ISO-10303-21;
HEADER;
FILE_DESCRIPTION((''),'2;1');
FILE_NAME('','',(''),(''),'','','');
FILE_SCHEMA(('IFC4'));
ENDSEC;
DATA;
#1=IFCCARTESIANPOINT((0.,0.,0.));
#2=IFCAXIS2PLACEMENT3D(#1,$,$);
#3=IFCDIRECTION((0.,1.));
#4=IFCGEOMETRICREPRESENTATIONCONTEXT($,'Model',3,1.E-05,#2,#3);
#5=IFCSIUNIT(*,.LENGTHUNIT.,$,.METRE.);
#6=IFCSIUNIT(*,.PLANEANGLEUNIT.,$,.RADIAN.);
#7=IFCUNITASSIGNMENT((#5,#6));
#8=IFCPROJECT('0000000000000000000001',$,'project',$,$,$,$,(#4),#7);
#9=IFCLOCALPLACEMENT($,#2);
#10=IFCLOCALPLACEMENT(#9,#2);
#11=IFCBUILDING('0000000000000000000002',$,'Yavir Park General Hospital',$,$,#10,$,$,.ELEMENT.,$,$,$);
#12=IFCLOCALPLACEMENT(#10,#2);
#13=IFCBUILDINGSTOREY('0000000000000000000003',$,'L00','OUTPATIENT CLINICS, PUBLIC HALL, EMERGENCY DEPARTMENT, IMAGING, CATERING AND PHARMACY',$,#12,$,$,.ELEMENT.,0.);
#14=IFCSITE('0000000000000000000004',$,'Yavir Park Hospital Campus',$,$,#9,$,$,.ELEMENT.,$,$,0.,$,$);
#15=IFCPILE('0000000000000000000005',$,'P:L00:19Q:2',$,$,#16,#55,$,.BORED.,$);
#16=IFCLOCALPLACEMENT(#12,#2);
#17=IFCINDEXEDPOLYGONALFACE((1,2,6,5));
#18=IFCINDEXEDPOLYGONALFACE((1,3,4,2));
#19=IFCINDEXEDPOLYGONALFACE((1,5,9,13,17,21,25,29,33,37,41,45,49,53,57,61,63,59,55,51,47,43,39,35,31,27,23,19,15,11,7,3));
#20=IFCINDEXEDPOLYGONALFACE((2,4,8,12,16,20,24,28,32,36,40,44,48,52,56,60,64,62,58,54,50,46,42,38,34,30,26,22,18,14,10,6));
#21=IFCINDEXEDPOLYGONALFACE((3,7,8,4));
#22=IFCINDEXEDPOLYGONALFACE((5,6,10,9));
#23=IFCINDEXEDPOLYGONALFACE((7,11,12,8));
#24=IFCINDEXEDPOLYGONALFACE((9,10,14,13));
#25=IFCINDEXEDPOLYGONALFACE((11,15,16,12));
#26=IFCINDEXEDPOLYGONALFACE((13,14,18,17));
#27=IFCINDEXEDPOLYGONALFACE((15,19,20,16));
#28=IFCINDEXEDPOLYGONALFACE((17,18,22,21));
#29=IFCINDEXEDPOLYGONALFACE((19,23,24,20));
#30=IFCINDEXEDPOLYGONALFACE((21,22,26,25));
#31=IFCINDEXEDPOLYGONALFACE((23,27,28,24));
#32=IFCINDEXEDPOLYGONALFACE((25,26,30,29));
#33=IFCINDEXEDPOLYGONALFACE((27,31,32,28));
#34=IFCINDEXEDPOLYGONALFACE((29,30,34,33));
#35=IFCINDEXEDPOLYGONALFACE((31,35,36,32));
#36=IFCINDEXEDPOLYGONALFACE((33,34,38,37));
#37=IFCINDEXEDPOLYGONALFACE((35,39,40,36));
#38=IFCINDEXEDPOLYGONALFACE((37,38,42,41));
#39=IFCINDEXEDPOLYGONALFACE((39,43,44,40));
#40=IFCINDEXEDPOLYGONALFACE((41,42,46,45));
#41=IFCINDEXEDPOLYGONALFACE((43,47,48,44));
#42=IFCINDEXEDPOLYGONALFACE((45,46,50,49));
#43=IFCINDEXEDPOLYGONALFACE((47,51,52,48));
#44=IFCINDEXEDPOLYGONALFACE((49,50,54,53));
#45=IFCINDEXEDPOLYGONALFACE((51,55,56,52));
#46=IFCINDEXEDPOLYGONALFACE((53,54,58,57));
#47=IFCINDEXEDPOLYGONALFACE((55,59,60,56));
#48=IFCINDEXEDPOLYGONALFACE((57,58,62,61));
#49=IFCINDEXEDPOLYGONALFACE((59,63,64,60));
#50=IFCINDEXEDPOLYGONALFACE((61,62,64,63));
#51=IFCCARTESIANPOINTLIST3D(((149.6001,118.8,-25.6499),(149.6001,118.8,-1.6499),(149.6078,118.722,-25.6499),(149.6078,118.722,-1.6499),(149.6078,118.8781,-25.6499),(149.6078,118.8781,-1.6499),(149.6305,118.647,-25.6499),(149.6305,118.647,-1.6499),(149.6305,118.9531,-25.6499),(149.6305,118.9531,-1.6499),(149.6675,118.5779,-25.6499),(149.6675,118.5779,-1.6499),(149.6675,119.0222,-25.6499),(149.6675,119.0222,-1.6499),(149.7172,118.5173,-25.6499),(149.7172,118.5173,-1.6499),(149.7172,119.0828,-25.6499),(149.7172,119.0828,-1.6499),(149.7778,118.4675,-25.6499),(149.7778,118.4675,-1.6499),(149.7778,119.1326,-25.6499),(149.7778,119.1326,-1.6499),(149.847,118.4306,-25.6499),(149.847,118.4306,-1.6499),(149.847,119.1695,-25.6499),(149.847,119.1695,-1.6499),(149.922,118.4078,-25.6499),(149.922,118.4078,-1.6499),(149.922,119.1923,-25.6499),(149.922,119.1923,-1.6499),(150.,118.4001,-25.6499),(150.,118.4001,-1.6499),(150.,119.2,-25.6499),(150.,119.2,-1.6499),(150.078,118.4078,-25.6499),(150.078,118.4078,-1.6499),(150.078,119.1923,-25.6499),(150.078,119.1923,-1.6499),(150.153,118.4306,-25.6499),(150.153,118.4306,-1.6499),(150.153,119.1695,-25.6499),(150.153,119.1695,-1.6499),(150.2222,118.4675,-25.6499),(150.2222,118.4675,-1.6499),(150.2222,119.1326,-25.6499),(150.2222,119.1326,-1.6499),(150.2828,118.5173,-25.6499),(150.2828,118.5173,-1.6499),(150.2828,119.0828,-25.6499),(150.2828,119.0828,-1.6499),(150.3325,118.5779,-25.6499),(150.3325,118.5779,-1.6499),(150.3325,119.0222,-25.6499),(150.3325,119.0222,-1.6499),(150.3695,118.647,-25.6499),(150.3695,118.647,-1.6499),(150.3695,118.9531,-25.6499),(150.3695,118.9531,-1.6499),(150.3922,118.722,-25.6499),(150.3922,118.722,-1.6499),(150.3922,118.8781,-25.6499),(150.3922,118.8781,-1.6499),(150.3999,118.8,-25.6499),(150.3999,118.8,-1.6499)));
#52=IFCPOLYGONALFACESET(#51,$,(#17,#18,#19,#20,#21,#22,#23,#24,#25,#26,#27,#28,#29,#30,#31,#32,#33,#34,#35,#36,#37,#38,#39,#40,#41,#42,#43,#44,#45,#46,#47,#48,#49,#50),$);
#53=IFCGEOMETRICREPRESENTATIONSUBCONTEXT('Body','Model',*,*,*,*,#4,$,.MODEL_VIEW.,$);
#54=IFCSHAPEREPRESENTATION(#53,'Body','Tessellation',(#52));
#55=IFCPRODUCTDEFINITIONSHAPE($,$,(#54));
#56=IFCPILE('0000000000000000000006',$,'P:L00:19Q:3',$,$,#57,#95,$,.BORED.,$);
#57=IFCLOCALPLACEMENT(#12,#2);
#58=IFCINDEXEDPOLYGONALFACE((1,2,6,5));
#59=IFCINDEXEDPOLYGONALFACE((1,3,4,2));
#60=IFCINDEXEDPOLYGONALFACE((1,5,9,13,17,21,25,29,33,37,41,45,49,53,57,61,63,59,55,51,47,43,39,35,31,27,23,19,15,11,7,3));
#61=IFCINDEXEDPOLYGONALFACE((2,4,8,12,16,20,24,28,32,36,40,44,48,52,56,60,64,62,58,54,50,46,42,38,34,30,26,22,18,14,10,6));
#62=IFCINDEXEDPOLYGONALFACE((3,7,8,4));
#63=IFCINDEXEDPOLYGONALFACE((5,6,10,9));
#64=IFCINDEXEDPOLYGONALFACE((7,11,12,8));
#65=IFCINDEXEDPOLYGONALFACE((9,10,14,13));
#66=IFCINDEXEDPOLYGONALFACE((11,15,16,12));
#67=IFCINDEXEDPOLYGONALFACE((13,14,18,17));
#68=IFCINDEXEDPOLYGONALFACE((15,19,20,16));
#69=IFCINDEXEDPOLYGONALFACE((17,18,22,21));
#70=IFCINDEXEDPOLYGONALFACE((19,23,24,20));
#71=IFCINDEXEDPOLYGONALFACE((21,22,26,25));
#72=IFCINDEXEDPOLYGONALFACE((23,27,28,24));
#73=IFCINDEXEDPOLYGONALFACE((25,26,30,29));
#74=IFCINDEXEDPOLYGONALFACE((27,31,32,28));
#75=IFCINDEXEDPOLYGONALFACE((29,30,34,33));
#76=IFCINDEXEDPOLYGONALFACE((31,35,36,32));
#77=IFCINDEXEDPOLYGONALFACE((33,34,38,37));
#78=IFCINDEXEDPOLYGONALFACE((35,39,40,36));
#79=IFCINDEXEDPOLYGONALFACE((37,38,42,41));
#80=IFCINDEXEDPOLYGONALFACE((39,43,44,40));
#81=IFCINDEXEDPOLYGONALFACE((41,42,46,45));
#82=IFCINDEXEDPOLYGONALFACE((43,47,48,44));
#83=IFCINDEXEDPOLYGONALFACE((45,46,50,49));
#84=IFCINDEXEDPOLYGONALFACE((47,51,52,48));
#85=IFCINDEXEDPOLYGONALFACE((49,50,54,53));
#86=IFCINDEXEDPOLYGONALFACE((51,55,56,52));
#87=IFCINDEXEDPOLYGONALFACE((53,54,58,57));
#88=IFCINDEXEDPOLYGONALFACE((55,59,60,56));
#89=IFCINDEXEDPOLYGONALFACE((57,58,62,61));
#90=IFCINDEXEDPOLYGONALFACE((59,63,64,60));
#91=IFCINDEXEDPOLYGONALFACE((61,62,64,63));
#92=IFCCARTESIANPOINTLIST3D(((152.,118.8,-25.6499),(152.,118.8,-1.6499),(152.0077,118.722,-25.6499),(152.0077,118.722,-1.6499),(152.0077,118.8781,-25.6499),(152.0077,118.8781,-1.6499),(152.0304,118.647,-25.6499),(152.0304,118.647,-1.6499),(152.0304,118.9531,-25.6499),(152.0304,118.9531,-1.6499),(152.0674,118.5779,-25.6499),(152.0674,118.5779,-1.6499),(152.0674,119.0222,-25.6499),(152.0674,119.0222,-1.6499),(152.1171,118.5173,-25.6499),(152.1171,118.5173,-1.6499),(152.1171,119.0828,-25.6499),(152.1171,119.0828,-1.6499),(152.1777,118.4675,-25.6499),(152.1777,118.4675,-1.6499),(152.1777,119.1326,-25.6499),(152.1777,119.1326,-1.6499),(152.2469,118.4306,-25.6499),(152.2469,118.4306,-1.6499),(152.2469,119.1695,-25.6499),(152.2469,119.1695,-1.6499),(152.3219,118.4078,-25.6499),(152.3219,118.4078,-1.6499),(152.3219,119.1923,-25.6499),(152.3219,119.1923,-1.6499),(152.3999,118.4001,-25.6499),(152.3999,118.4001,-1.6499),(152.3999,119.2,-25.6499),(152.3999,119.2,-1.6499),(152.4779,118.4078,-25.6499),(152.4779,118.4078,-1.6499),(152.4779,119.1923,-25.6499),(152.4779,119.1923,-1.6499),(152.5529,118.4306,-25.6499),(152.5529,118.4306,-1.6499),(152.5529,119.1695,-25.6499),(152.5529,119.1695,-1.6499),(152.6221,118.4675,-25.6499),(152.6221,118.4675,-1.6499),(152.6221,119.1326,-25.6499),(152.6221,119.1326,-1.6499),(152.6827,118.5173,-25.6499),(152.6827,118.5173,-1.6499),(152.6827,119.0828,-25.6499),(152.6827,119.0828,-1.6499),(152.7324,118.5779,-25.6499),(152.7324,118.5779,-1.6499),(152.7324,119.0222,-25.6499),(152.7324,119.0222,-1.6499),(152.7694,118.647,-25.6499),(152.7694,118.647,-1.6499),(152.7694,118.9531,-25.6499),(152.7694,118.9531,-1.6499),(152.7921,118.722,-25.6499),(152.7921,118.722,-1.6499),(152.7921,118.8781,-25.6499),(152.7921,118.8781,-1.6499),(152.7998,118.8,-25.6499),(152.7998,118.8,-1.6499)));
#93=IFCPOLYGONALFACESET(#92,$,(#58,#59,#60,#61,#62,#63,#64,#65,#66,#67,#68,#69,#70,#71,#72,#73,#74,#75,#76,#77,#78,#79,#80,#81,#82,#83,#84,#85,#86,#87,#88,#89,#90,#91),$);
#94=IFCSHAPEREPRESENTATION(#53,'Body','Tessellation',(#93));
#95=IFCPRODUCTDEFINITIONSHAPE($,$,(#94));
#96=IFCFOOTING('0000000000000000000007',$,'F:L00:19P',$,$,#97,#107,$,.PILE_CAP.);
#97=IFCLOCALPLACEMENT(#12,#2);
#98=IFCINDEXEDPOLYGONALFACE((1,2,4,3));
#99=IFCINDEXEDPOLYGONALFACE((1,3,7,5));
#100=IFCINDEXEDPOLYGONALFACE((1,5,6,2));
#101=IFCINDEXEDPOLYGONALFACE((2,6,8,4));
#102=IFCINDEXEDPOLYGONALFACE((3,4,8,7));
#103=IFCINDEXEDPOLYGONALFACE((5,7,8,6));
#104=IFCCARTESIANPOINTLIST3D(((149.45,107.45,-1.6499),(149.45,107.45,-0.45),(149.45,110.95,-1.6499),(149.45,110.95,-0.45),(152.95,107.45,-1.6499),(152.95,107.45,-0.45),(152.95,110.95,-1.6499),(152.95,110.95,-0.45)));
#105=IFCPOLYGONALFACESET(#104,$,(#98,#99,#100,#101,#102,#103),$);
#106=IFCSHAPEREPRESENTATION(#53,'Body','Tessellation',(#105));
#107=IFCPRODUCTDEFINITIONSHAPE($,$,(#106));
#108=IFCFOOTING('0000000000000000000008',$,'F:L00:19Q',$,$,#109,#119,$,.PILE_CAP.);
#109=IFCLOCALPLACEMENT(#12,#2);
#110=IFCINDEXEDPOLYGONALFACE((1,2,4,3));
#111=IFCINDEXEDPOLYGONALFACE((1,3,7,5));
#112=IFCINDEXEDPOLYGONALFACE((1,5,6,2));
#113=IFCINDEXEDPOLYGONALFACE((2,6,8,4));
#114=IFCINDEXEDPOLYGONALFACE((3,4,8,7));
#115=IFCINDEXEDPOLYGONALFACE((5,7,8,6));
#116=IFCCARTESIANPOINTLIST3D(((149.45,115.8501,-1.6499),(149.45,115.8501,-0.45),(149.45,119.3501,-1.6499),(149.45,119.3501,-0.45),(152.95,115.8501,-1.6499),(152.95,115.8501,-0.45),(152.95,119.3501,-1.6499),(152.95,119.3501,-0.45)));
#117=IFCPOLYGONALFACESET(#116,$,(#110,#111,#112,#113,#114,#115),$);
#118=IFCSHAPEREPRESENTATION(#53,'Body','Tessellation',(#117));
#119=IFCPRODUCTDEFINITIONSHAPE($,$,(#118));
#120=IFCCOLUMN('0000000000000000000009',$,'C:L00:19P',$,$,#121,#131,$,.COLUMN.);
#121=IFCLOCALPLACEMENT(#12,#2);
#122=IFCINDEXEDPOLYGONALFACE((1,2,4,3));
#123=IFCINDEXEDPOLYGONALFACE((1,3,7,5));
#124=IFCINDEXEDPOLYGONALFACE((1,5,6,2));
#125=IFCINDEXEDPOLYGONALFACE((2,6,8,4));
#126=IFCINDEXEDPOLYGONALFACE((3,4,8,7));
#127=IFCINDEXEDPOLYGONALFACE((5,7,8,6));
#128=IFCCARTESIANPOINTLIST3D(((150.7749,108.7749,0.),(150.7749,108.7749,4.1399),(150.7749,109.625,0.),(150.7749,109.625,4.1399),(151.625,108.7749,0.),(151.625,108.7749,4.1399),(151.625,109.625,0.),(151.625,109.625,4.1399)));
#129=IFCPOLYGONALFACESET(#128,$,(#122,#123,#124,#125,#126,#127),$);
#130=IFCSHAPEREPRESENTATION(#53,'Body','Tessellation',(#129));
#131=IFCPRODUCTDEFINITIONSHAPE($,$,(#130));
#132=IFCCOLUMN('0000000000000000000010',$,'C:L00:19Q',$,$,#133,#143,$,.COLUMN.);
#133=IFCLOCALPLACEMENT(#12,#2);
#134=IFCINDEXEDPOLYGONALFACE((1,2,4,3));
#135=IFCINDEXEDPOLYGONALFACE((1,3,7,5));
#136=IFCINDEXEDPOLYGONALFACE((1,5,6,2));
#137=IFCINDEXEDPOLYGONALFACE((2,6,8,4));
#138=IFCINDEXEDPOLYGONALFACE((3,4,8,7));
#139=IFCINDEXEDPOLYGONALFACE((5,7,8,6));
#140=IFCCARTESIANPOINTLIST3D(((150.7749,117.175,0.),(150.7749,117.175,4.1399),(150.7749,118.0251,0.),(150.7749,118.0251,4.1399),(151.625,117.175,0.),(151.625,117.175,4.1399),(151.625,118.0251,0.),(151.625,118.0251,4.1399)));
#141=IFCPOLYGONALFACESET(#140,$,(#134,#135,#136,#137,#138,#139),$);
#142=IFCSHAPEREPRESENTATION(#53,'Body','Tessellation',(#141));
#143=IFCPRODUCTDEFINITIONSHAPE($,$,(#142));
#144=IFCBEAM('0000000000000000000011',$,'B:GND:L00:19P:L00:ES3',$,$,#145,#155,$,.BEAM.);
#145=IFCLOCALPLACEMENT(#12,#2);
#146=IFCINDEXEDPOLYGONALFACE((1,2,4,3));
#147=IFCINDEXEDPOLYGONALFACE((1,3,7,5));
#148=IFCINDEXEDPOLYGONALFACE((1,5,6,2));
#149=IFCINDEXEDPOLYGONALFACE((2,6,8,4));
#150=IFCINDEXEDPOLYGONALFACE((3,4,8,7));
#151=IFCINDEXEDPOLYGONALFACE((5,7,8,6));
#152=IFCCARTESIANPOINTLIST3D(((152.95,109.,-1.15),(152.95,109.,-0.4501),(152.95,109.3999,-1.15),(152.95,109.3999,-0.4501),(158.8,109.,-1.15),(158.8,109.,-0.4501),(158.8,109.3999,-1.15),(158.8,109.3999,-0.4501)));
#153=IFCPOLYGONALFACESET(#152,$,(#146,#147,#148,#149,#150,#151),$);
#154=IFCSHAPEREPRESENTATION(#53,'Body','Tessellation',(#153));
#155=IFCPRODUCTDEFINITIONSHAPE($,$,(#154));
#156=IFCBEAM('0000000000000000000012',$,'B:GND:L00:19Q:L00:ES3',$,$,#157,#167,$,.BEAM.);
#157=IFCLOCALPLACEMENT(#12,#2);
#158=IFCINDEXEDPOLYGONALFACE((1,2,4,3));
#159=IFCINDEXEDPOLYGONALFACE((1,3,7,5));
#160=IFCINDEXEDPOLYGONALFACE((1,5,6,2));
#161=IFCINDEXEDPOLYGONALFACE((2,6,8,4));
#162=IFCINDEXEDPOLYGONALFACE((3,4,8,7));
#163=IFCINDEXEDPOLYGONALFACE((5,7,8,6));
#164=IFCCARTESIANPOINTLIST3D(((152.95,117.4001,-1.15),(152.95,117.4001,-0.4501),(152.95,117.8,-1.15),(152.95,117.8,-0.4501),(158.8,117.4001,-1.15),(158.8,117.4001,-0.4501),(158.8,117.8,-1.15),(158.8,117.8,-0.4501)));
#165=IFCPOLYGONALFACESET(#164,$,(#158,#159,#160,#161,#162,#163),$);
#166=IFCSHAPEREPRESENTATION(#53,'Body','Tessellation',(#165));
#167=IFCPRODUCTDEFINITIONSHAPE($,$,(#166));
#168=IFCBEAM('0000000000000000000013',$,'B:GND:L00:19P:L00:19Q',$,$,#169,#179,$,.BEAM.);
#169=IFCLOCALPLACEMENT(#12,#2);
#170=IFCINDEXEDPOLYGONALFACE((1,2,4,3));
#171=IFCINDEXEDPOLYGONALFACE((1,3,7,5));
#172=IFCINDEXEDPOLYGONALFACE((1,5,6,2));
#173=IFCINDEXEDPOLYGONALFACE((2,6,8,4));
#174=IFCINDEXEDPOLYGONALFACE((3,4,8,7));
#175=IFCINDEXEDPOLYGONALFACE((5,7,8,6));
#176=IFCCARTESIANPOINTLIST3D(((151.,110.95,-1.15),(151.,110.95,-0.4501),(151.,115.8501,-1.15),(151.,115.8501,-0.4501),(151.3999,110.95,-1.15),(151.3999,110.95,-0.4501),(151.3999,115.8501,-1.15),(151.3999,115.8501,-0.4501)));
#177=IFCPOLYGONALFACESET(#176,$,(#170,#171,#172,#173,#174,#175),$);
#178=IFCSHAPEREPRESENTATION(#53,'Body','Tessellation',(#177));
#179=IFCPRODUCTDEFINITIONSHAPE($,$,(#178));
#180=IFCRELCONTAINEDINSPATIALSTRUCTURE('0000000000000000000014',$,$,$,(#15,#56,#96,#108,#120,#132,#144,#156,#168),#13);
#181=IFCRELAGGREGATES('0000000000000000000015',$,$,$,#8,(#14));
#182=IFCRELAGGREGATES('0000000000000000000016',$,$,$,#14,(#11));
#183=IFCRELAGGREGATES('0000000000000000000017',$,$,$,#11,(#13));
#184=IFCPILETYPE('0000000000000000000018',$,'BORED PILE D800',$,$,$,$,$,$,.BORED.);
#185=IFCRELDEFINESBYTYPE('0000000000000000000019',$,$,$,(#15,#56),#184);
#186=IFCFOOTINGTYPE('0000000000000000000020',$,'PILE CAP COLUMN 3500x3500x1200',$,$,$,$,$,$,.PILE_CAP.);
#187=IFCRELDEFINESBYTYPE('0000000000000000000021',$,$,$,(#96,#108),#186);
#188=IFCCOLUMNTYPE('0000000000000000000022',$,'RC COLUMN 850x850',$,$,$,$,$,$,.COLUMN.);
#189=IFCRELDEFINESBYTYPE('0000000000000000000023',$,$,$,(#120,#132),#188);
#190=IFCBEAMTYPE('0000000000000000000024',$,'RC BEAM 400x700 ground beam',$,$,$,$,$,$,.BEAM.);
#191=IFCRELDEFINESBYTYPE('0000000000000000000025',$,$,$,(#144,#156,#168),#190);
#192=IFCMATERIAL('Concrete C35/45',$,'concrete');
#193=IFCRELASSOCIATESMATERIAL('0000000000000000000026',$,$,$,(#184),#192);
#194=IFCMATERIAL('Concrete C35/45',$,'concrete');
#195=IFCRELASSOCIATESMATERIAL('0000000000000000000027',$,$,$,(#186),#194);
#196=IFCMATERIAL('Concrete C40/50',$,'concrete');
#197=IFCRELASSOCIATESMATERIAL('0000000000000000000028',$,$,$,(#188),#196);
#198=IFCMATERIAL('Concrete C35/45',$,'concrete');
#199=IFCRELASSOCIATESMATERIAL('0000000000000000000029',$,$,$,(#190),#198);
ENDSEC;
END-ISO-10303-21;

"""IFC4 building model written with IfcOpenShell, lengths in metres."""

from ifc_helpers import new_model, si_unit, direction, frame, origin, origin_2d, place, context, subcontext, project, spatial, rectangle, circle, extrude, material, material_profile, profile_set, type_object, element, save


model = new_model("IFC4")

# Units and contexts
model_context = context("Model", 3, precision=1e-05, world=origin(), true_north=direction((0.0, 1.0)))
body_context = subcontext(model_context, "Body", "Model", "MODEL_VIEW")
ifc_project = project(units=[si_unit("LENGTHUNIT", "METRE"), si_unit("PLANEANGLEUNIT", "RADIAN")], contexts=[model_context])

# Site, building, storey
site_placement = place(None, origin())
site = spatial("IfcSite", under=ifc_project, at=site_placement, Name="Yavir Park Hospital Campus", CompositionType="ELEMENT", RefElevation=0.0)
building_placement = place(site_placement, origin())
building = spatial("IfcBuilding", under=site, at=building_placement, Name="Yavir Park General Hospital", CompositionType="ELEMENT")
storey_placement = place(building_placement, origin())
storey = spatial("IfcBuildingStorey", under=building, at=storey_placement, Name="L00", Description="OUTPATIENT CLINICS, PUBLIC HALL, EMERGENCY DEPARTMENT, IMAGING, CATERING AND PHARMACY", CompositionType="ELEMENT", Elevation=0.0)

# Piles
ifc_material_1 = material(Name="Concrete C35/45", Category="concrete")
ifc_material_profile_1 = material_profile(ifc_material_1, circle(Radius=0.3999, at=origin_2d()), Name="D800")
ifc_profile_set_1 = profile_set([ifc_material_profile_1], Name="Concrete C35/45")
pile_type_1 = type_object("IfcPileType", Name="BORED PILE D800", PredefinedType="BORED", material=ifc_profile_set_1)
for number, where, z_axis, x_axis, name in (
    (1, (150.0, 118.8, -1.6499), (0.0, 0.0, -1.0), (1.0, 0.0, 0.0), "P:L00:19Q:2"),
    (2, (152.3999, 118.8, -1.6499), (0.0, 0.0, -1.0), (1.0, 0.0, 0.0), "P:L00:19Q:3"),
):
    element("IfcPile", number, at=place(storey_placement, frame(where, z_axis=z_axis, x_axis=x_axis)), inside=storey, type_object=pile_type_1, Name=name, PredefinedType="BORED", context=body_context, shape_type="SweptSolid", body=[
        extrude(circle(Radius=0.3999, at=origin_2d()), origin(), (0.0, 0.0, 1.0), 24.0),
    ])

# Footings
ifc_material_2 = material(Name="Concrete C35/45", Category="concrete")
footing_type = type_object("IfcFootingType", Name="PILE CAP COLUMN 3500x3500x1200", PredefinedType="PILE_CAP", material=ifc_material_2)
for number, where, z_axis, x_axis, name in (
    (3, (151.2, 109.2, -1.6499), (0.0, 0.0, 1.0), (1.0, 0.0, 0.0), "F:L00:19P"),
    (4, (151.2, 117.6001, -1.6499), (0.0, 0.0, 1.0), (1.0, 0.0, 0.0), "F:L00:19Q"),
):
    element("IfcFooting", number, at=place(storey_placement, frame(where, z_axis=z_axis, x_axis=x_axis)), inside=storey, type_object=footing_type, Name=name, PredefinedType="PILE_CAP", context=body_context, shape_type="SweptSolid", body=[
        extrude(rectangle(XDim=3.5, YDim=3.5, at=origin_2d()), origin(), (0.0, 0.0, 1.0), 1.2),
    ])

# Columns
ifc_material_3 = material(Name="Concrete C40/50", Category="concrete")
ifc_material_profile_2 = material_profile(ifc_material_3, rectangle(XDim=0.8501, YDim=0.8501, at=origin_2d()), Name="RC850x850")
ifc_profile_set_2 = profile_set([ifc_material_profile_2], Name="Concrete C40/50")
column_type = type_object("IfcColumnType", Name="RC COLUMN 850x850", PredefinedType="COLUMN", material=ifc_profile_set_2)
for number, where, z_axis, x_axis, name in (
    (5, (151.2, 109.2, 0.0), (0.0, 0.0, 1.0), (1.0, 0.0, 0.0), "C:L00:19P"),
    (6, (151.2, 117.6001, 0.0), (0.0, 0.0, 1.0), (1.0, 0.0, 0.0), "C:L00:19Q"),
):
    element("IfcColumn", number, at=place(storey_placement, frame(where, z_axis=z_axis, x_axis=x_axis)), inside=storey, type_object=column_type, Name=name, PredefinedType="COLUMN", context=body_context, shape_type="SweptSolid", body=[
        extrude(rectangle(XDim=0.8501, YDim=0.8501, at=origin_2d()), origin(), (0.0, 0.0, 1.0), 4.1399),
    ])

# Beams
ifc_material_4 = material(Name="Concrete C35/45", Category="concrete")
ifc_material_profile_3 = material_profile(ifc_material_4, rectangle(XDim=0.3999, YDim=0.7, at=origin_2d()), Name="RC400x700")
ifc_profile_set_3 = profile_set([ifc_material_profile_3], Name="Concrete C35/45")
beam_type = type_object("IfcBeamType", Name="RC BEAM 400x700 ground beam", PredefinedType="BEAM", material=ifc_profile_set_3)
for number, where, z_axis, x_axis, name in (
    (7, (152.95, 109.2, -0.8), (1.0, 0.0, 0.0), (0.0, 1.0, 0.0), "B:GND:L00:19P:L00:ES3"),
    (8, (152.95, 117.6001, -0.8), (1.0, 0.0, 0.0), (0.0, 1.0, 0.0), "B:GND:L00:19Q:L00:ES3"),
):
    element("IfcBeam", number, at=place(storey_placement, frame(where, z_axis=z_axis, x_axis=x_axis)), inside=storey, type_object=beam_type, Name=name, PredefinedType="BEAM", context=body_context, shape_type="SweptSolid", body=[
        extrude(rectangle(XDim=0.3999, YDim=0.7, at=origin_2d()), origin(), (0.0, 0.0, 1.0), 5.8501),
    ])
beam_placement = place(storey_placement, frame((151.2, 110.95, -0.8), z_axis=(0.0, 1.0, 0.0), x_axis=(-1.0, 0.0, 0.0)))
element("IfcBeam", 9, at=beam_placement, inside=storey, type_object=beam_type, Name="B:GND:L00:19P:L00:19Q", PredefinedType="BEAM", context=body_context, shape_type="SweptSolid", body=[
    extrude(rectangle(XDim=0.3999, YDim=0.7, at=origin_2d()), origin(), (0.0, 0.0, 1.0), 4.9001),
])

save(model, "model.ifc")
